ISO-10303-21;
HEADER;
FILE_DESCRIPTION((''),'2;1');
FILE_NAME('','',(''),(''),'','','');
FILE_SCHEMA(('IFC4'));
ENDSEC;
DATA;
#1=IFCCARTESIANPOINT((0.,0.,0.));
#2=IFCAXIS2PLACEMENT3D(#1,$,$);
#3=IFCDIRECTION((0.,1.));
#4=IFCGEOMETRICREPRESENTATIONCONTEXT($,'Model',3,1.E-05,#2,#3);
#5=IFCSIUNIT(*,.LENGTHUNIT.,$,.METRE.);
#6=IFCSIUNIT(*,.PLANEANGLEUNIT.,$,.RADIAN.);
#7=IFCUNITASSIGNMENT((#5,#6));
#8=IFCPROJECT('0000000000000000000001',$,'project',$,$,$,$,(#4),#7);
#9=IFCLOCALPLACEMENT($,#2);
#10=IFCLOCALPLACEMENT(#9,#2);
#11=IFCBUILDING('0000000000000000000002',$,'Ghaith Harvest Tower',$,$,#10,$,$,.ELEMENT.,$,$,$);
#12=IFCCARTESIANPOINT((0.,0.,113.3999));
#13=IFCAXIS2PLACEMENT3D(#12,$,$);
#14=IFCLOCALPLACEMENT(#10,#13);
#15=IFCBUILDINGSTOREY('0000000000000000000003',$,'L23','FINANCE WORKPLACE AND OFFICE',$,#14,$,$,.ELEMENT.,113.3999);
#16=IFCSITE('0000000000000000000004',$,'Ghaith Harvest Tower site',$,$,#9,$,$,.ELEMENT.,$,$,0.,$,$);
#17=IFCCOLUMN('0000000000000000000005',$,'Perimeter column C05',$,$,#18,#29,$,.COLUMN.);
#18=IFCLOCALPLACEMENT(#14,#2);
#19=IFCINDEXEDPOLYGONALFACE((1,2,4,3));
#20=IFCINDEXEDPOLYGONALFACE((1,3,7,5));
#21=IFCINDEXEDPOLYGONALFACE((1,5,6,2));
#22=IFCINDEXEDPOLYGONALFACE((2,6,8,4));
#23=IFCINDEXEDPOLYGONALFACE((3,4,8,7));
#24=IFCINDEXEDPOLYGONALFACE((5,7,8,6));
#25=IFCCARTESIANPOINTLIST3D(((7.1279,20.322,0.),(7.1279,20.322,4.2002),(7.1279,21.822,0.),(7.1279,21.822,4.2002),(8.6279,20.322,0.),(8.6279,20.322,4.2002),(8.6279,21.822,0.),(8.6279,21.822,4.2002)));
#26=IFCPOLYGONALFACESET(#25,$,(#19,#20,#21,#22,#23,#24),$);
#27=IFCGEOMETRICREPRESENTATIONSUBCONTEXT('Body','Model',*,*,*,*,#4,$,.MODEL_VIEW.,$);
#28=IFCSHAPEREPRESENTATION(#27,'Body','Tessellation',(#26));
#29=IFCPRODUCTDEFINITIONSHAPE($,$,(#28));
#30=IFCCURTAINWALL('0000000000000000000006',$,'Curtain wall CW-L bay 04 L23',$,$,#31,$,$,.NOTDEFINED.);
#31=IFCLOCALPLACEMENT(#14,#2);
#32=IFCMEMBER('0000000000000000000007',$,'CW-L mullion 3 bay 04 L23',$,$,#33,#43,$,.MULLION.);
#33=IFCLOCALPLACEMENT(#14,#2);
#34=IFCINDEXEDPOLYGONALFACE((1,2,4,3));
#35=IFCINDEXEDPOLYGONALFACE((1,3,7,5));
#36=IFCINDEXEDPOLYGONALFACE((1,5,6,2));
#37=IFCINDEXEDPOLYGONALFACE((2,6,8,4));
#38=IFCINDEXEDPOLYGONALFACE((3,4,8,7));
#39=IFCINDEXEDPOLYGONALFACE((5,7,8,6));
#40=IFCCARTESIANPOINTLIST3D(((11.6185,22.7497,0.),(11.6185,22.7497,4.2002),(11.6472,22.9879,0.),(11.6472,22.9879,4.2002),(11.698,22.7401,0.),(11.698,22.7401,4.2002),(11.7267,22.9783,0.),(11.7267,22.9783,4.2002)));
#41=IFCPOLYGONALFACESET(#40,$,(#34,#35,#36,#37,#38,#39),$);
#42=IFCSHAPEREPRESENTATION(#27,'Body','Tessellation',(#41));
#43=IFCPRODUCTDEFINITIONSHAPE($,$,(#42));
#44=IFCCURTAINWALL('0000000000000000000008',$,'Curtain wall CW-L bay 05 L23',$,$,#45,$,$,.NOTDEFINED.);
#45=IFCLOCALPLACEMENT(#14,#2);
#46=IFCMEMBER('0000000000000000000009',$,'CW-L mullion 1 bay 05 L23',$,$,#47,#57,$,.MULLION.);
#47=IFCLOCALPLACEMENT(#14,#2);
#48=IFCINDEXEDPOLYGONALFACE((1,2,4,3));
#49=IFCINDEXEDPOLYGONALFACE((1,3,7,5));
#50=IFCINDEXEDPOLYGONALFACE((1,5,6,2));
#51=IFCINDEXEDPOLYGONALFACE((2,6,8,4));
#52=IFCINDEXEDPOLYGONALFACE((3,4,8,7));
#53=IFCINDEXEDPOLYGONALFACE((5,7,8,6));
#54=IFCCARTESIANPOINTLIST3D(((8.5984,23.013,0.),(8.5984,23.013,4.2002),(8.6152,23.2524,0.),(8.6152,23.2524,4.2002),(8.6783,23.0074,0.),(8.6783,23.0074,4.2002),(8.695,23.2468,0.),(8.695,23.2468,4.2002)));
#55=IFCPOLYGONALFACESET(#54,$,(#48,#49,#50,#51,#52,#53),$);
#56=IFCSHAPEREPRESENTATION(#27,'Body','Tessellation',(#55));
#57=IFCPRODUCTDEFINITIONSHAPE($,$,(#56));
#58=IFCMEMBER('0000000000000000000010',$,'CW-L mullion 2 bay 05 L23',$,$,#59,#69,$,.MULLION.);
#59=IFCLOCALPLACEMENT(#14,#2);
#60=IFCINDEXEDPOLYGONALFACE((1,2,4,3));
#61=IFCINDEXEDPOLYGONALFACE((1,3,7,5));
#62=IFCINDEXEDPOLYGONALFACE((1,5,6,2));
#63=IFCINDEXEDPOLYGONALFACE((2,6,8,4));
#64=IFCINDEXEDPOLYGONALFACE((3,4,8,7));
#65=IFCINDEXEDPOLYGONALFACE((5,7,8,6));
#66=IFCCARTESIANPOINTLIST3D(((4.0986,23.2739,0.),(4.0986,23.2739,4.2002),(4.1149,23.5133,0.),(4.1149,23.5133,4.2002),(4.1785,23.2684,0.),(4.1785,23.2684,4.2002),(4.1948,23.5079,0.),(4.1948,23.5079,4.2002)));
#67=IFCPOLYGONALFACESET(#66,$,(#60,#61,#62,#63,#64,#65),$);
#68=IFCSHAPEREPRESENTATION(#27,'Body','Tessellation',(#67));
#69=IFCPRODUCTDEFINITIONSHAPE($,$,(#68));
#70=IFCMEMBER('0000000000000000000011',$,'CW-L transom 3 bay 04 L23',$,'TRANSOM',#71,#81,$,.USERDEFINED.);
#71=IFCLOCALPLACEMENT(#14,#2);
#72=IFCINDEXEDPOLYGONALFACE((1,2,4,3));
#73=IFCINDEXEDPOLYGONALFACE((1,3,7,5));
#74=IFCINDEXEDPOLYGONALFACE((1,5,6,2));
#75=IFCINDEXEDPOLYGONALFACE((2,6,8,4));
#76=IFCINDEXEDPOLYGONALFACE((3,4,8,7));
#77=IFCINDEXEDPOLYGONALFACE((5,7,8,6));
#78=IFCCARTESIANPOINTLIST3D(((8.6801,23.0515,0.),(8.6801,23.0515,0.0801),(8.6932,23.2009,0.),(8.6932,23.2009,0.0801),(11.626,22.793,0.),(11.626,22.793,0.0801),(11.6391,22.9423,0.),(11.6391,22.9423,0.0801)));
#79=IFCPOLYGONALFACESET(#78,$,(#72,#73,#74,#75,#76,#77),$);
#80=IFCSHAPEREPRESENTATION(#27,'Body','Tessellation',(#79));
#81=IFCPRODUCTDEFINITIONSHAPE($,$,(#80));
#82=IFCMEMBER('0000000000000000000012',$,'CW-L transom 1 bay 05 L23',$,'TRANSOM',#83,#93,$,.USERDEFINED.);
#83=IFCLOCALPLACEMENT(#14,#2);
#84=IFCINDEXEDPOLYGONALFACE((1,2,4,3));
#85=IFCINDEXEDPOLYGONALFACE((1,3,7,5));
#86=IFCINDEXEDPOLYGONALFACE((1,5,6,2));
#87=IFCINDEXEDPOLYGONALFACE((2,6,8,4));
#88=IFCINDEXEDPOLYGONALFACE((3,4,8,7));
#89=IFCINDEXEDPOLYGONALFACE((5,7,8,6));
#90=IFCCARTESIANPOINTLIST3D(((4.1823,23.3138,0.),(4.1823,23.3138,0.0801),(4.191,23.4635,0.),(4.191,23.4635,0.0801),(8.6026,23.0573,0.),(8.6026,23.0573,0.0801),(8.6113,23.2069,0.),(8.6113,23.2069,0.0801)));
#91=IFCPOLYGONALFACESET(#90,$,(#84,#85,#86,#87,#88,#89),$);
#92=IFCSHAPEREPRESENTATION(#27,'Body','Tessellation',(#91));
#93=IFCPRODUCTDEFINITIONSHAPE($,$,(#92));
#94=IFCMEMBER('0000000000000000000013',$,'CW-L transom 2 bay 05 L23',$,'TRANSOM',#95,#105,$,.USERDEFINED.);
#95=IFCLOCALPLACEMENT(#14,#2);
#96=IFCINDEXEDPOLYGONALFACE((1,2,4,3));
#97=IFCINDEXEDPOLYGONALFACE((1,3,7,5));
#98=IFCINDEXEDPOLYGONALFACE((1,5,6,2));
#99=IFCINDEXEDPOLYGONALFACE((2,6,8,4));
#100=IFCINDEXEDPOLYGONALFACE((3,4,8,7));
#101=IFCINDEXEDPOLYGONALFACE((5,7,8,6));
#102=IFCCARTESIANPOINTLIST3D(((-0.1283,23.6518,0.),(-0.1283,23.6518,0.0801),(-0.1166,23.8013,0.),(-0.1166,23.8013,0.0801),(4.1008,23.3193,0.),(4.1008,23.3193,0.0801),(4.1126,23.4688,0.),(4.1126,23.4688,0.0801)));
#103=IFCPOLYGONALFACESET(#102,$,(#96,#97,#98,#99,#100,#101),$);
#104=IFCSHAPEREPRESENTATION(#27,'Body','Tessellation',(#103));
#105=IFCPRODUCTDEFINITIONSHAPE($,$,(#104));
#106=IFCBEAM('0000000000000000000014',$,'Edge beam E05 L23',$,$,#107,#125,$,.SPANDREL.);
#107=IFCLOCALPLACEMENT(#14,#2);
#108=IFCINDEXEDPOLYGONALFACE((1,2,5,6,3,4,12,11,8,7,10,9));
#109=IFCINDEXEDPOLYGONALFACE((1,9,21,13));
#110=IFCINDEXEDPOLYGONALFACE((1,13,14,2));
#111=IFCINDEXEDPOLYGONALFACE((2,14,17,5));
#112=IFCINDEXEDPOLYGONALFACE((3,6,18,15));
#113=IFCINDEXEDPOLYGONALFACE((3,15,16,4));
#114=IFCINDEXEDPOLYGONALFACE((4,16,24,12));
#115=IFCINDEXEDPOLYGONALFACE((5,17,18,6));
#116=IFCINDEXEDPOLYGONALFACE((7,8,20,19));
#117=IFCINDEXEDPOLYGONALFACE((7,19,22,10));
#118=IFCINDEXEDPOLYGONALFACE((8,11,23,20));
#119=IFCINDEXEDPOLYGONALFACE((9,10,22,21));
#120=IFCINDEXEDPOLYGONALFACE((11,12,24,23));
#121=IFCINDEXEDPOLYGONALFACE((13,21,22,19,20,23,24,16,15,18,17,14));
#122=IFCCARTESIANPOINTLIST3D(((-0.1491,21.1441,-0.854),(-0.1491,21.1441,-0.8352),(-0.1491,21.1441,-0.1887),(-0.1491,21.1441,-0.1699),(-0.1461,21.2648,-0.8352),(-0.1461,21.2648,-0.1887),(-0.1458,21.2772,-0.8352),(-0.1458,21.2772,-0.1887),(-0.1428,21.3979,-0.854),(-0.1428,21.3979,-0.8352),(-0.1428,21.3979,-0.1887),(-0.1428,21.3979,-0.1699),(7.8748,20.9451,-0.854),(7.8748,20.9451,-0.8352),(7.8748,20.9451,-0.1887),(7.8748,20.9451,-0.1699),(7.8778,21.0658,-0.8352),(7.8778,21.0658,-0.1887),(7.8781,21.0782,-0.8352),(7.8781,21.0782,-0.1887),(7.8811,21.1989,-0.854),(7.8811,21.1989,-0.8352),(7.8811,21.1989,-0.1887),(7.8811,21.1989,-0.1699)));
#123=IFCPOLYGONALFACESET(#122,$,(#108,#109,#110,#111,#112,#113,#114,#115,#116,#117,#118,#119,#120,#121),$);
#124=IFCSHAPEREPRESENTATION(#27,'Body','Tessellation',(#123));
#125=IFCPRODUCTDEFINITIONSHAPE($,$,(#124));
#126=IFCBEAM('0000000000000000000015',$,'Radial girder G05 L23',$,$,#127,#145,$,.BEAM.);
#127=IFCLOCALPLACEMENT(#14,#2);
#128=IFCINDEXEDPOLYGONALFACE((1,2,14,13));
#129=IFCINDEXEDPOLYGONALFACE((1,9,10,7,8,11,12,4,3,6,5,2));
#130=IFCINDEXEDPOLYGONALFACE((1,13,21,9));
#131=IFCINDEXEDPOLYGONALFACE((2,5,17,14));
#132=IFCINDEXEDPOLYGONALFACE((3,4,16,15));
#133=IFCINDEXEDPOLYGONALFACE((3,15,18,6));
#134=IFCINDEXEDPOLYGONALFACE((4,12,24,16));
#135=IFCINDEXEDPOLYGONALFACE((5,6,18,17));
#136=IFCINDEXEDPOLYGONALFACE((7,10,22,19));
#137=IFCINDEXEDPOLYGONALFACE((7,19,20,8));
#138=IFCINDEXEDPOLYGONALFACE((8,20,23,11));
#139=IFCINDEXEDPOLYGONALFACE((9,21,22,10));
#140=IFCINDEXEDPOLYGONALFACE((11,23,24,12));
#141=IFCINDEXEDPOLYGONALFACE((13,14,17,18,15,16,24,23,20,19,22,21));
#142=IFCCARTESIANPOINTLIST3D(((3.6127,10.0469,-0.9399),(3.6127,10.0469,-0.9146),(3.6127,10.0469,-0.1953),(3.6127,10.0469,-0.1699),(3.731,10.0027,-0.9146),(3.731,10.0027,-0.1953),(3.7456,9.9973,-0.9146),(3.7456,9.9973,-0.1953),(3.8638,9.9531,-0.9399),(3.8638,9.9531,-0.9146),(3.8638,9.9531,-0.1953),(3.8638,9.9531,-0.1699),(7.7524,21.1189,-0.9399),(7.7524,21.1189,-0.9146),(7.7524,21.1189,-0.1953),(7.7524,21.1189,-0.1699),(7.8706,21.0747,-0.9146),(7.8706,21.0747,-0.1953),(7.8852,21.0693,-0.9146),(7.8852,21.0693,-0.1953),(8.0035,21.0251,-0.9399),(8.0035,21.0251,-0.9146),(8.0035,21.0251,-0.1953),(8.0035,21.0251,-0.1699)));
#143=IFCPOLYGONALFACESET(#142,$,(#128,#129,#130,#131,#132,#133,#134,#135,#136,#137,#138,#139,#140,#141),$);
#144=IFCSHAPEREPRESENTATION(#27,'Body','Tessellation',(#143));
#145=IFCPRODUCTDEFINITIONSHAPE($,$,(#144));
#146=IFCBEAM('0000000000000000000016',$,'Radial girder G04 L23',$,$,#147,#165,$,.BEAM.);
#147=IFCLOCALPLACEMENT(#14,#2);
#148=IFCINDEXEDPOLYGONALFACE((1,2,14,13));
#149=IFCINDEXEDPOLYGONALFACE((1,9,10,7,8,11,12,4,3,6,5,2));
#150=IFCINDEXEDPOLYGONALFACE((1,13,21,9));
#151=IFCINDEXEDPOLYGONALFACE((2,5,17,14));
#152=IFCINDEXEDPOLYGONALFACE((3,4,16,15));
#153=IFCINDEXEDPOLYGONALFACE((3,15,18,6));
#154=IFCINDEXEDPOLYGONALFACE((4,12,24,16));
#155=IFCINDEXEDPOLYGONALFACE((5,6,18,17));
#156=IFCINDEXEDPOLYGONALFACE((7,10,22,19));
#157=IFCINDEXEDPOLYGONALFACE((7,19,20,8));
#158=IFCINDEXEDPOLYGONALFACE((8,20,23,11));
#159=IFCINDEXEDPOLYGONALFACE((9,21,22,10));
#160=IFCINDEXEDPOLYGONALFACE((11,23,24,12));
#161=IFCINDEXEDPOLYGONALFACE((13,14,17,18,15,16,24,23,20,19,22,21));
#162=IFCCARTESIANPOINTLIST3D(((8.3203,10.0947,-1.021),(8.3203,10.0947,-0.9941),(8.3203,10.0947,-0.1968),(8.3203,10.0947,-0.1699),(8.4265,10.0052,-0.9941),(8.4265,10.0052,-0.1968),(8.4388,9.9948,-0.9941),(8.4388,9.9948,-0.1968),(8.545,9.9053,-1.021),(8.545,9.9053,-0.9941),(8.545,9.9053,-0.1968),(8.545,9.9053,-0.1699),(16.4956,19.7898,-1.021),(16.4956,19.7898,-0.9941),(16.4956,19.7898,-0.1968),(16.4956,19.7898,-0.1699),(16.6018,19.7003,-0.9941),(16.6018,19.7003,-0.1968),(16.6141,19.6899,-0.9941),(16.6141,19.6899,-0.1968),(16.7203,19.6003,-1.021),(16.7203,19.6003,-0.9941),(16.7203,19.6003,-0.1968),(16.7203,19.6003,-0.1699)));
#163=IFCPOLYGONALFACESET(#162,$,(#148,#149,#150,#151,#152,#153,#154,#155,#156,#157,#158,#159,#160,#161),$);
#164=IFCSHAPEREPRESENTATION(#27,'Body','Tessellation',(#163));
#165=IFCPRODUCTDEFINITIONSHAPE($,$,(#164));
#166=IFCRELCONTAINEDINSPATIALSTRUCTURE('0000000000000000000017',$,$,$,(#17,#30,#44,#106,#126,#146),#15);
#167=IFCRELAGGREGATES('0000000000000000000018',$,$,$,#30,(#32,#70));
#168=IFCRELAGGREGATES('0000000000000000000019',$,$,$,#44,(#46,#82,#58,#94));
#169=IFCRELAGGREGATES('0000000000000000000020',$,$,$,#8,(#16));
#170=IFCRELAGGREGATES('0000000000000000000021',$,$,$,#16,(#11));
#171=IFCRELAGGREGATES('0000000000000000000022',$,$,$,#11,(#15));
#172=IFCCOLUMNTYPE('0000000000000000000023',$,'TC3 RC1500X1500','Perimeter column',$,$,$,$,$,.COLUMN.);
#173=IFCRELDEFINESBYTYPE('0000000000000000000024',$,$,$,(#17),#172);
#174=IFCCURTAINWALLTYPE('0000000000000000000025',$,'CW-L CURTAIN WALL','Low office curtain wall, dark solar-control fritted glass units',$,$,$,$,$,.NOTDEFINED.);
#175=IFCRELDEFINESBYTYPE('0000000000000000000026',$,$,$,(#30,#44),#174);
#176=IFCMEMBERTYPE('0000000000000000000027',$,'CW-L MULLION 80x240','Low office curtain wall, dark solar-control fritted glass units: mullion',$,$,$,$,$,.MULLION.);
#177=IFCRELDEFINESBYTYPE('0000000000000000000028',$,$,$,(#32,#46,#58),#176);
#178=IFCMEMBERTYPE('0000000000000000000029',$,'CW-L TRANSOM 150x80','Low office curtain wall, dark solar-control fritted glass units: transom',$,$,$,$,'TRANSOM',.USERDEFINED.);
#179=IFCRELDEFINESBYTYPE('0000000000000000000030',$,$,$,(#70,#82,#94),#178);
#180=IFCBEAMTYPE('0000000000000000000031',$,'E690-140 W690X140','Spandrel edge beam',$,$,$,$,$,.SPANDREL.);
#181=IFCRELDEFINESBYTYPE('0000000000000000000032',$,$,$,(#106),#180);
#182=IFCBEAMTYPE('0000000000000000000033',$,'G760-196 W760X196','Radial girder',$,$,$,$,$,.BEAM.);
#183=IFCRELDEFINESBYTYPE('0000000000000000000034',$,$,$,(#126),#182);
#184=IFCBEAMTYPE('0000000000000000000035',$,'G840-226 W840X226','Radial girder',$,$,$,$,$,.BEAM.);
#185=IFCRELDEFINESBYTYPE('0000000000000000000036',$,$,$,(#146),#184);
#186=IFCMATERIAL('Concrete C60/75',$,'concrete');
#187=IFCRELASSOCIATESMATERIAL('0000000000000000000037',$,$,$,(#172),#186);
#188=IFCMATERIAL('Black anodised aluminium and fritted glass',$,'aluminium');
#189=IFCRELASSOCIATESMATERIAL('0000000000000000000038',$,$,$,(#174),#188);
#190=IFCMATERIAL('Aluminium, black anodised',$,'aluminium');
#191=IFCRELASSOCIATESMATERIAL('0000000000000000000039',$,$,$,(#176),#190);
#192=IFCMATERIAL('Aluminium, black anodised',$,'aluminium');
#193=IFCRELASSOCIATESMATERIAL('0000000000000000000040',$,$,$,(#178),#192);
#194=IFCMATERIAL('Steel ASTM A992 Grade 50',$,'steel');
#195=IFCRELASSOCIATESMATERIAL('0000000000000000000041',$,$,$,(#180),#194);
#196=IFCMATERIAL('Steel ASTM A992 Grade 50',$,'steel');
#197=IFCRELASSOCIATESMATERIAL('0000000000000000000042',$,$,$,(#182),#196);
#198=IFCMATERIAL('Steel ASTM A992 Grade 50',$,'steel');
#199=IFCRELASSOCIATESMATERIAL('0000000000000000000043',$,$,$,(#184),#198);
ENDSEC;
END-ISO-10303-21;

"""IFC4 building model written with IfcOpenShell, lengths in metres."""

from ifc_helpers import new_model, si_unit, direction, frame, origin, origin_2d, place, context, subcontext, project, spatial, rectangle, i_section, extrude, material, material_profile, profile_set, type_object, element, aggregate, save


model = new_model("IFC4")

# Units and contexts
model_context = context("Model", 3, precision=1e-05, world=origin(), true_north=direction((0.0, 1.0)))
body_context = subcontext(model_context, "Body", "Model", "MODEL_VIEW")
ifc_project = project(units=[si_unit("LENGTHUNIT", "METRE"), si_unit("PLANEANGLEUNIT", "RADIAN")], contexts=[model_context])

# Site, building, storey
site_placement = place(None, origin())
site = spatial("IfcSite", under=ifc_project, at=site_placement, Name="Ghaith Harvest Tower site", CompositionType="ELEMENT", RefElevation=0.0)
building_placement = place(site_placement, origin())
building = spatial("IfcBuilding", under=site, at=building_placement, Name="Ghaith Harvest Tower", CompositionType="ELEMENT")
storey_placement = place(building_placement, frame((0.0, 0.0, 113.3999)))
storey = spatial("IfcBuildingStorey", under=building, at=storey_placement, Name="L23", Description="FINANCE WORKPLACE AND OFFICE", CompositionType="ELEMENT", Elevation=113.3999)

# Column
ifc_material_1 = material(Name="Concrete C60/75", Category="concrete")
ifc_material_profile_1 = material_profile(ifc_material_1, rectangle(XDim=1.5, YDim=1.5, at=origin_2d()), Name="RC1500X1500")
ifc_profile_set_1 = profile_set([ifc_material_profile_1], Name="Concrete C60/75")
column_type = type_object("IfcColumnType", Name="TC3 RC1500X1500", Description="Perimeter column", PredefinedType="COLUMN", material=ifc_profile_set_1)
column_placement = place(storey_placement, frame((7.8779, 21.072, 0.0), z_axis=(0.0, 0.0, 1.0), x_axis=(1.0, 0.0, 0.0)))
element("IfcColumn", 1, at=column_placement, inside=storey, type_object=column_type, Name="Perimeter column C05", PredefinedType="COLUMN", context=body_context, shape_type="SweptSolid", body=[
    extrude(rectangle(XDim=1.5, YDim=1.5, at=origin_2d()), origin(), (0.0, 0.0, 1.0), 4.2002),
])

# Curtain wall, member
ifc_material_2 = material(Name="Black anodised aluminium and fritted glass", Category="aluminium")
curtain_wall_type = type_object("IfcCurtainWallType", Name="CW-L CURTAIN WALL", Description="Low office curtain wall, dark solar-control fritted glass units", PredefinedType="NOTDEFINED", material=ifc_material_2)
curtain_wall_1_placement = place(storey_placement, origin())
curtain_wall_1 = element("IfcCurtainWall", 2, at=curtain_wall_1_placement, inside=storey, type_object=curtain_wall_type, Name="Curtain wall CW-L bay 04 L23", PredefinedType="NOTDEFINED")
ifc_material_3 = material(Name="Aluminium, black anodised", Category="aluminium")
ifc_material_profile_2 = material_profile(ifc_material_3, rectangle(XDim=0.0801, YDim=0.24, at=origin_2d()), Name="CW-L MULLION 80x240")
ifc_profile_set_2 = profile_set([ifc_material_profile_2], Name="Aluminium, black anodised")
member_type_1 = type_object("IfcMemberType", Name="CW-L MULLION 80x240", Description="Low office curtain wall, dark solar-control fritted glass units: mullion", PredefinedType="MULLION", material=ifc_profile_set_2)
member_1_placement = place(storey_placement, frame((11.6726, 22.864, 0.0), z_axis=(0.0, 0.0, 1.0), x_axis=(-0.9928, 0.11978, 0.0)))
member_1 = element("IfcMember", 3, at=member_1_placement, type_object=member_type_1, Name="CW-L mullion 3 bay 04 L23", PredefinedType="MULLION", context=body_context, shape_type="SweptSolid", body=[
    extrude(rectangle(XDim=0.0801, YDim=0.24, at=origin_2d()), origin(), (0.0, 0.0, 1.0), 4.2002),
])

# Curtain wall, members
curtain_wall_2_placement = place(storey_placement, origin())
curtain_wall_2 = element("IfcCurtainWall", 4, at=curtain_wall_2_placement, inside=storey, type_object=curtain_wall_type, Name="Curtain wall CW-L bay 05 L23", PredefinedType="NOTDEFINED")
member_2_placement = place(storey_placement, frame((8.6467, 23.1299, 0.0), z_axis=(0.0, 0.0, 1.0), x_axis=(-0.997559, 0.069832, 0.0)))
member_2 = element("IfcMember", 5, at=member_2_placement, type_object=member_type_1, Name="CW-L mullion 1 bay 05 L23", PredefinedType="MULLION", context=body_context, shape_type="SweptSolid", body=[
    extrude(rectangle(XDim=0.0801, YDim=0.24, at=origin_2d()), origin(), (0.0, 0.0, 1.0), 4.2002),
])
member_3_placement = place(storey_placement, frame((4.1467, 23.3909, 0.0), z_axis=(0.0, 0.0, 1.0), x_axis=(-0.99769, 0.067933, 0.0)))
member_3 = element("IfcMember", 6, at=member_3_placement, type_object=member_type_1, Name="CW-L mullion 2 bay 05 L23", PredefinedType="MULLION", context=body_context, shape_type="SweptSolid", body=[
    extrude(rectangle(XDim=0.0801, YDim=0.24, at=origin_2d()), origin(), (0.0, 0.0, 1.0), 4.2002),
])

# Members
ifc_material_4 = material(Name="Aluminium, black anodised", Category="aluminium")
ifc_material_profile_3 = material_profile(ifc_material_4, rectangle(XDim=0.1499, YDim=0.0801, at=origin_2d()), Name="CW-L TRANSOM 150x80")
ifc_profile_set_3 = profile_set([ifc_material_profile_3], Name="Aluminium, black anodised")
member_type_2 = type_object("IfcMemberType", Name="CW-L TRANSOM 150x80", Description="Low office curtain wall, dark solar-control fritted glass units: transom", ElementType="TRANSOM", PredefinedType="USERDEFINED", material=ifc_profile_set_3)
member_4_placement = place(storey_placement, frame((11.6326, 22.8677, 0.04), z_axis=(-0.996171, 0.087424, 0.0), x_axis=(-0.087424, -0.996171, 0.0)))
member_4 = element("IfcMember", 7, at=member_4_placement, type_object=member_type_2, Name="CW-L transom 3 bay 04 L23", ObjectType="TRANSOM", PredefinedType="USERDEFINED", context=body_context, shape_type="SweptSolid", body=[
    extrude(rectangle(XDim=0.1499, YDim=0.0801, at=origin_2d()), origin(), (0.0, 0.0, 1.0), 2.9573),
])
member_5_placement = place(storey_placement, frame((8.6069, 23.1321, 0.04), z_axis=(-0.99832, 0.05795, 0.0), x_axis=(-0.05795, -0.99832, 0.0)))
member_5 = element("IfcMember", 8, at=member_5_placement, type_object=member_type_2, Name="CW-L transom 1 bay 05 L23", ObjectType="TRANSOM", PredefinedType="USERDEFINED", context=body_context, shape_type="SweptSolid", body=[
    extrude(rectangle(XDim=0.1499, YDim=0.0801, at=origin_2d()), origin(), (0.0, 0.0, 1.0), 4.4277),
])
member_6_placement = place(storey_placement, frame((4.1067, 23.394, 0.04), z_axis=(-0.996923, 0.078382, 0.0), x_axis=(-0.078382, -0.996923, 0.0)))
member_6 = element("IfcMember", 9, at=member_6_placement, type_object=member_type_2, Name="CW-L transom 2 bay 05 L23", ObjectType="TRANSOM", PredefinedType="USERDEFINED", context=body_context, shape_type="SweptSolid", body=[
    extrude(rectangle(XDim=0.1499, YDim=0.0801, at=origin_2d()), origin(), (0.0, 0.0, 1.0), 4.2422),
])

# Beams
ifc_material_5 = material(Name="Steel ASTM A992 Grade 50", Category="steel")
ifc_material_profile_4 = material_profile(ifc_material_5, i_section(OverallWidth=0.2539, OverallDepth=0.6841, WebThickness=0.0125, FlangeThickness=0.0188, at=origin_2d()), Name="W690X140")
ifc_profile_set_4 = profile_set([ifc_material_profile_4], Name="Steel ASTM A992 Grade 50")
beam_type_1 = type_object("IfcBeamType", Name="E690-140 W690X140", Description="Spandrel edge beam", PredefinedType="SPANDREL", material=ifc_profile_set_4)
beam_1_placement = place(storey_placement, frame((7.8779, 21.072, -0.512), z_axis=(-0.999693, 0.02479, 0.0), x_axis=(-0.02479, -0.999693, 0.0)))
element("IfcBeam", 10, at=beam_1_placement, inside=storey, type_object=beam_type_1, Name="Edge beam E05 L23", PredefinedType="SPANDREL", context=body_context, shape_type="SweptSolid", body=[
    extrude(i_section(OverallWidth=0.2539, OverallDepth=0.6841, WebThickness=0.0125, FlangeThickness=0.0188, at=origin_2d()), origin(), (0.0, 0.0, 1.0), 8.0264),
])
ifc_material_6 = material(Name="Steel ASTM A992 Grade 50", Category="steel")
ifc_material_profile_5 = material_profile(ifc_material_6, i_section(OverallWidth=0.2681, OverallDepth=0.77, WebThickness=0.0156, FlangeThickness=0.0254, at=origin_2d()), Name="W760X196")
ifc_profile_set_5 = profile_set([ifc_material_profile_5], Name="Steel ASTM A992 Grade 50")
beam_type_2 = type_object("IfcBeamType", Name="G760-196 W760X196", Description="Radial girder", PredefinedType="BEAM", material=ifc_profile_set_5)
beam_2_placement = place(storey_placement, frame((3.7383, 10.0, -0.5549), z_axis=(0.350207, 0.936672, 0.0), x_axis=(-0.936672, 0.350207, 0.0)))
element("IfcBeam", 11, at=beam_2_placement, inside=storey, type_object=beam_type_2, Name="Radial girder G05 L23", PredefinedType="BEAM", context=body_context, shape_type="SweptSolid", body=[
    extrude(i_section(OverallWidth=0.2681, OverallDepth=0.77, WebThickness=0.0156, FlangeThickness=0.0254, at=origin_2d()), origin(), (0.0, 0.0, 1.0), 11.8206),
])
ifc_material_7 = material(Name="Steel ASTM A992 Grade 50", Category="steel")
ifc_material_profile_6 = material_profile(ifc_material_7, i_section(OverallWidth=0.2939, OverallDepth=0.8511, WebThickness=0.0161, FlangeThickness=0.0269, at=origin_2d()), Name="W840X226")
ifc_profile_set_6 = profile_set([ifc_material_profile_6], Name="Steel ASTM A992 Grade 50")
beam_type_3 = type_object("IfcBeamType", Name="G840-226 W840X226", Description="Radial girder", PredefinedType="BEAM", material=ifc_profile_set_6)
beam_3_placement = place(storey_placement, frame((8.4326, 10.0, -0.5955), z_axis=(0.644644, 0.764483, 0.0), x_axis=(-0.764483, 0.644644, 0.0)))
element("IfcBeam", 12, at=beam_3_placement, inside=storey, type_object=beam_type_3, Name="Radial girder G04 L23", PredefinedType="BEAM", context=body_context, shape_type="SweptSolid", body=[
    extrude(i_section(OverallWidth=0.2939, OverallDepth=0.8511, WebThickness=0.0161, FlangeThickness=0.0269, at=origin_2d()), origin(), (0.0, 0.0, 1.0), 12.6819),
])

aggregate(curtain_wall_1, [member_1, member_4])
aggregate(curtain_wall_2, [member_2, member_5, member_3, member_6])

save(model, "model.ifc")
